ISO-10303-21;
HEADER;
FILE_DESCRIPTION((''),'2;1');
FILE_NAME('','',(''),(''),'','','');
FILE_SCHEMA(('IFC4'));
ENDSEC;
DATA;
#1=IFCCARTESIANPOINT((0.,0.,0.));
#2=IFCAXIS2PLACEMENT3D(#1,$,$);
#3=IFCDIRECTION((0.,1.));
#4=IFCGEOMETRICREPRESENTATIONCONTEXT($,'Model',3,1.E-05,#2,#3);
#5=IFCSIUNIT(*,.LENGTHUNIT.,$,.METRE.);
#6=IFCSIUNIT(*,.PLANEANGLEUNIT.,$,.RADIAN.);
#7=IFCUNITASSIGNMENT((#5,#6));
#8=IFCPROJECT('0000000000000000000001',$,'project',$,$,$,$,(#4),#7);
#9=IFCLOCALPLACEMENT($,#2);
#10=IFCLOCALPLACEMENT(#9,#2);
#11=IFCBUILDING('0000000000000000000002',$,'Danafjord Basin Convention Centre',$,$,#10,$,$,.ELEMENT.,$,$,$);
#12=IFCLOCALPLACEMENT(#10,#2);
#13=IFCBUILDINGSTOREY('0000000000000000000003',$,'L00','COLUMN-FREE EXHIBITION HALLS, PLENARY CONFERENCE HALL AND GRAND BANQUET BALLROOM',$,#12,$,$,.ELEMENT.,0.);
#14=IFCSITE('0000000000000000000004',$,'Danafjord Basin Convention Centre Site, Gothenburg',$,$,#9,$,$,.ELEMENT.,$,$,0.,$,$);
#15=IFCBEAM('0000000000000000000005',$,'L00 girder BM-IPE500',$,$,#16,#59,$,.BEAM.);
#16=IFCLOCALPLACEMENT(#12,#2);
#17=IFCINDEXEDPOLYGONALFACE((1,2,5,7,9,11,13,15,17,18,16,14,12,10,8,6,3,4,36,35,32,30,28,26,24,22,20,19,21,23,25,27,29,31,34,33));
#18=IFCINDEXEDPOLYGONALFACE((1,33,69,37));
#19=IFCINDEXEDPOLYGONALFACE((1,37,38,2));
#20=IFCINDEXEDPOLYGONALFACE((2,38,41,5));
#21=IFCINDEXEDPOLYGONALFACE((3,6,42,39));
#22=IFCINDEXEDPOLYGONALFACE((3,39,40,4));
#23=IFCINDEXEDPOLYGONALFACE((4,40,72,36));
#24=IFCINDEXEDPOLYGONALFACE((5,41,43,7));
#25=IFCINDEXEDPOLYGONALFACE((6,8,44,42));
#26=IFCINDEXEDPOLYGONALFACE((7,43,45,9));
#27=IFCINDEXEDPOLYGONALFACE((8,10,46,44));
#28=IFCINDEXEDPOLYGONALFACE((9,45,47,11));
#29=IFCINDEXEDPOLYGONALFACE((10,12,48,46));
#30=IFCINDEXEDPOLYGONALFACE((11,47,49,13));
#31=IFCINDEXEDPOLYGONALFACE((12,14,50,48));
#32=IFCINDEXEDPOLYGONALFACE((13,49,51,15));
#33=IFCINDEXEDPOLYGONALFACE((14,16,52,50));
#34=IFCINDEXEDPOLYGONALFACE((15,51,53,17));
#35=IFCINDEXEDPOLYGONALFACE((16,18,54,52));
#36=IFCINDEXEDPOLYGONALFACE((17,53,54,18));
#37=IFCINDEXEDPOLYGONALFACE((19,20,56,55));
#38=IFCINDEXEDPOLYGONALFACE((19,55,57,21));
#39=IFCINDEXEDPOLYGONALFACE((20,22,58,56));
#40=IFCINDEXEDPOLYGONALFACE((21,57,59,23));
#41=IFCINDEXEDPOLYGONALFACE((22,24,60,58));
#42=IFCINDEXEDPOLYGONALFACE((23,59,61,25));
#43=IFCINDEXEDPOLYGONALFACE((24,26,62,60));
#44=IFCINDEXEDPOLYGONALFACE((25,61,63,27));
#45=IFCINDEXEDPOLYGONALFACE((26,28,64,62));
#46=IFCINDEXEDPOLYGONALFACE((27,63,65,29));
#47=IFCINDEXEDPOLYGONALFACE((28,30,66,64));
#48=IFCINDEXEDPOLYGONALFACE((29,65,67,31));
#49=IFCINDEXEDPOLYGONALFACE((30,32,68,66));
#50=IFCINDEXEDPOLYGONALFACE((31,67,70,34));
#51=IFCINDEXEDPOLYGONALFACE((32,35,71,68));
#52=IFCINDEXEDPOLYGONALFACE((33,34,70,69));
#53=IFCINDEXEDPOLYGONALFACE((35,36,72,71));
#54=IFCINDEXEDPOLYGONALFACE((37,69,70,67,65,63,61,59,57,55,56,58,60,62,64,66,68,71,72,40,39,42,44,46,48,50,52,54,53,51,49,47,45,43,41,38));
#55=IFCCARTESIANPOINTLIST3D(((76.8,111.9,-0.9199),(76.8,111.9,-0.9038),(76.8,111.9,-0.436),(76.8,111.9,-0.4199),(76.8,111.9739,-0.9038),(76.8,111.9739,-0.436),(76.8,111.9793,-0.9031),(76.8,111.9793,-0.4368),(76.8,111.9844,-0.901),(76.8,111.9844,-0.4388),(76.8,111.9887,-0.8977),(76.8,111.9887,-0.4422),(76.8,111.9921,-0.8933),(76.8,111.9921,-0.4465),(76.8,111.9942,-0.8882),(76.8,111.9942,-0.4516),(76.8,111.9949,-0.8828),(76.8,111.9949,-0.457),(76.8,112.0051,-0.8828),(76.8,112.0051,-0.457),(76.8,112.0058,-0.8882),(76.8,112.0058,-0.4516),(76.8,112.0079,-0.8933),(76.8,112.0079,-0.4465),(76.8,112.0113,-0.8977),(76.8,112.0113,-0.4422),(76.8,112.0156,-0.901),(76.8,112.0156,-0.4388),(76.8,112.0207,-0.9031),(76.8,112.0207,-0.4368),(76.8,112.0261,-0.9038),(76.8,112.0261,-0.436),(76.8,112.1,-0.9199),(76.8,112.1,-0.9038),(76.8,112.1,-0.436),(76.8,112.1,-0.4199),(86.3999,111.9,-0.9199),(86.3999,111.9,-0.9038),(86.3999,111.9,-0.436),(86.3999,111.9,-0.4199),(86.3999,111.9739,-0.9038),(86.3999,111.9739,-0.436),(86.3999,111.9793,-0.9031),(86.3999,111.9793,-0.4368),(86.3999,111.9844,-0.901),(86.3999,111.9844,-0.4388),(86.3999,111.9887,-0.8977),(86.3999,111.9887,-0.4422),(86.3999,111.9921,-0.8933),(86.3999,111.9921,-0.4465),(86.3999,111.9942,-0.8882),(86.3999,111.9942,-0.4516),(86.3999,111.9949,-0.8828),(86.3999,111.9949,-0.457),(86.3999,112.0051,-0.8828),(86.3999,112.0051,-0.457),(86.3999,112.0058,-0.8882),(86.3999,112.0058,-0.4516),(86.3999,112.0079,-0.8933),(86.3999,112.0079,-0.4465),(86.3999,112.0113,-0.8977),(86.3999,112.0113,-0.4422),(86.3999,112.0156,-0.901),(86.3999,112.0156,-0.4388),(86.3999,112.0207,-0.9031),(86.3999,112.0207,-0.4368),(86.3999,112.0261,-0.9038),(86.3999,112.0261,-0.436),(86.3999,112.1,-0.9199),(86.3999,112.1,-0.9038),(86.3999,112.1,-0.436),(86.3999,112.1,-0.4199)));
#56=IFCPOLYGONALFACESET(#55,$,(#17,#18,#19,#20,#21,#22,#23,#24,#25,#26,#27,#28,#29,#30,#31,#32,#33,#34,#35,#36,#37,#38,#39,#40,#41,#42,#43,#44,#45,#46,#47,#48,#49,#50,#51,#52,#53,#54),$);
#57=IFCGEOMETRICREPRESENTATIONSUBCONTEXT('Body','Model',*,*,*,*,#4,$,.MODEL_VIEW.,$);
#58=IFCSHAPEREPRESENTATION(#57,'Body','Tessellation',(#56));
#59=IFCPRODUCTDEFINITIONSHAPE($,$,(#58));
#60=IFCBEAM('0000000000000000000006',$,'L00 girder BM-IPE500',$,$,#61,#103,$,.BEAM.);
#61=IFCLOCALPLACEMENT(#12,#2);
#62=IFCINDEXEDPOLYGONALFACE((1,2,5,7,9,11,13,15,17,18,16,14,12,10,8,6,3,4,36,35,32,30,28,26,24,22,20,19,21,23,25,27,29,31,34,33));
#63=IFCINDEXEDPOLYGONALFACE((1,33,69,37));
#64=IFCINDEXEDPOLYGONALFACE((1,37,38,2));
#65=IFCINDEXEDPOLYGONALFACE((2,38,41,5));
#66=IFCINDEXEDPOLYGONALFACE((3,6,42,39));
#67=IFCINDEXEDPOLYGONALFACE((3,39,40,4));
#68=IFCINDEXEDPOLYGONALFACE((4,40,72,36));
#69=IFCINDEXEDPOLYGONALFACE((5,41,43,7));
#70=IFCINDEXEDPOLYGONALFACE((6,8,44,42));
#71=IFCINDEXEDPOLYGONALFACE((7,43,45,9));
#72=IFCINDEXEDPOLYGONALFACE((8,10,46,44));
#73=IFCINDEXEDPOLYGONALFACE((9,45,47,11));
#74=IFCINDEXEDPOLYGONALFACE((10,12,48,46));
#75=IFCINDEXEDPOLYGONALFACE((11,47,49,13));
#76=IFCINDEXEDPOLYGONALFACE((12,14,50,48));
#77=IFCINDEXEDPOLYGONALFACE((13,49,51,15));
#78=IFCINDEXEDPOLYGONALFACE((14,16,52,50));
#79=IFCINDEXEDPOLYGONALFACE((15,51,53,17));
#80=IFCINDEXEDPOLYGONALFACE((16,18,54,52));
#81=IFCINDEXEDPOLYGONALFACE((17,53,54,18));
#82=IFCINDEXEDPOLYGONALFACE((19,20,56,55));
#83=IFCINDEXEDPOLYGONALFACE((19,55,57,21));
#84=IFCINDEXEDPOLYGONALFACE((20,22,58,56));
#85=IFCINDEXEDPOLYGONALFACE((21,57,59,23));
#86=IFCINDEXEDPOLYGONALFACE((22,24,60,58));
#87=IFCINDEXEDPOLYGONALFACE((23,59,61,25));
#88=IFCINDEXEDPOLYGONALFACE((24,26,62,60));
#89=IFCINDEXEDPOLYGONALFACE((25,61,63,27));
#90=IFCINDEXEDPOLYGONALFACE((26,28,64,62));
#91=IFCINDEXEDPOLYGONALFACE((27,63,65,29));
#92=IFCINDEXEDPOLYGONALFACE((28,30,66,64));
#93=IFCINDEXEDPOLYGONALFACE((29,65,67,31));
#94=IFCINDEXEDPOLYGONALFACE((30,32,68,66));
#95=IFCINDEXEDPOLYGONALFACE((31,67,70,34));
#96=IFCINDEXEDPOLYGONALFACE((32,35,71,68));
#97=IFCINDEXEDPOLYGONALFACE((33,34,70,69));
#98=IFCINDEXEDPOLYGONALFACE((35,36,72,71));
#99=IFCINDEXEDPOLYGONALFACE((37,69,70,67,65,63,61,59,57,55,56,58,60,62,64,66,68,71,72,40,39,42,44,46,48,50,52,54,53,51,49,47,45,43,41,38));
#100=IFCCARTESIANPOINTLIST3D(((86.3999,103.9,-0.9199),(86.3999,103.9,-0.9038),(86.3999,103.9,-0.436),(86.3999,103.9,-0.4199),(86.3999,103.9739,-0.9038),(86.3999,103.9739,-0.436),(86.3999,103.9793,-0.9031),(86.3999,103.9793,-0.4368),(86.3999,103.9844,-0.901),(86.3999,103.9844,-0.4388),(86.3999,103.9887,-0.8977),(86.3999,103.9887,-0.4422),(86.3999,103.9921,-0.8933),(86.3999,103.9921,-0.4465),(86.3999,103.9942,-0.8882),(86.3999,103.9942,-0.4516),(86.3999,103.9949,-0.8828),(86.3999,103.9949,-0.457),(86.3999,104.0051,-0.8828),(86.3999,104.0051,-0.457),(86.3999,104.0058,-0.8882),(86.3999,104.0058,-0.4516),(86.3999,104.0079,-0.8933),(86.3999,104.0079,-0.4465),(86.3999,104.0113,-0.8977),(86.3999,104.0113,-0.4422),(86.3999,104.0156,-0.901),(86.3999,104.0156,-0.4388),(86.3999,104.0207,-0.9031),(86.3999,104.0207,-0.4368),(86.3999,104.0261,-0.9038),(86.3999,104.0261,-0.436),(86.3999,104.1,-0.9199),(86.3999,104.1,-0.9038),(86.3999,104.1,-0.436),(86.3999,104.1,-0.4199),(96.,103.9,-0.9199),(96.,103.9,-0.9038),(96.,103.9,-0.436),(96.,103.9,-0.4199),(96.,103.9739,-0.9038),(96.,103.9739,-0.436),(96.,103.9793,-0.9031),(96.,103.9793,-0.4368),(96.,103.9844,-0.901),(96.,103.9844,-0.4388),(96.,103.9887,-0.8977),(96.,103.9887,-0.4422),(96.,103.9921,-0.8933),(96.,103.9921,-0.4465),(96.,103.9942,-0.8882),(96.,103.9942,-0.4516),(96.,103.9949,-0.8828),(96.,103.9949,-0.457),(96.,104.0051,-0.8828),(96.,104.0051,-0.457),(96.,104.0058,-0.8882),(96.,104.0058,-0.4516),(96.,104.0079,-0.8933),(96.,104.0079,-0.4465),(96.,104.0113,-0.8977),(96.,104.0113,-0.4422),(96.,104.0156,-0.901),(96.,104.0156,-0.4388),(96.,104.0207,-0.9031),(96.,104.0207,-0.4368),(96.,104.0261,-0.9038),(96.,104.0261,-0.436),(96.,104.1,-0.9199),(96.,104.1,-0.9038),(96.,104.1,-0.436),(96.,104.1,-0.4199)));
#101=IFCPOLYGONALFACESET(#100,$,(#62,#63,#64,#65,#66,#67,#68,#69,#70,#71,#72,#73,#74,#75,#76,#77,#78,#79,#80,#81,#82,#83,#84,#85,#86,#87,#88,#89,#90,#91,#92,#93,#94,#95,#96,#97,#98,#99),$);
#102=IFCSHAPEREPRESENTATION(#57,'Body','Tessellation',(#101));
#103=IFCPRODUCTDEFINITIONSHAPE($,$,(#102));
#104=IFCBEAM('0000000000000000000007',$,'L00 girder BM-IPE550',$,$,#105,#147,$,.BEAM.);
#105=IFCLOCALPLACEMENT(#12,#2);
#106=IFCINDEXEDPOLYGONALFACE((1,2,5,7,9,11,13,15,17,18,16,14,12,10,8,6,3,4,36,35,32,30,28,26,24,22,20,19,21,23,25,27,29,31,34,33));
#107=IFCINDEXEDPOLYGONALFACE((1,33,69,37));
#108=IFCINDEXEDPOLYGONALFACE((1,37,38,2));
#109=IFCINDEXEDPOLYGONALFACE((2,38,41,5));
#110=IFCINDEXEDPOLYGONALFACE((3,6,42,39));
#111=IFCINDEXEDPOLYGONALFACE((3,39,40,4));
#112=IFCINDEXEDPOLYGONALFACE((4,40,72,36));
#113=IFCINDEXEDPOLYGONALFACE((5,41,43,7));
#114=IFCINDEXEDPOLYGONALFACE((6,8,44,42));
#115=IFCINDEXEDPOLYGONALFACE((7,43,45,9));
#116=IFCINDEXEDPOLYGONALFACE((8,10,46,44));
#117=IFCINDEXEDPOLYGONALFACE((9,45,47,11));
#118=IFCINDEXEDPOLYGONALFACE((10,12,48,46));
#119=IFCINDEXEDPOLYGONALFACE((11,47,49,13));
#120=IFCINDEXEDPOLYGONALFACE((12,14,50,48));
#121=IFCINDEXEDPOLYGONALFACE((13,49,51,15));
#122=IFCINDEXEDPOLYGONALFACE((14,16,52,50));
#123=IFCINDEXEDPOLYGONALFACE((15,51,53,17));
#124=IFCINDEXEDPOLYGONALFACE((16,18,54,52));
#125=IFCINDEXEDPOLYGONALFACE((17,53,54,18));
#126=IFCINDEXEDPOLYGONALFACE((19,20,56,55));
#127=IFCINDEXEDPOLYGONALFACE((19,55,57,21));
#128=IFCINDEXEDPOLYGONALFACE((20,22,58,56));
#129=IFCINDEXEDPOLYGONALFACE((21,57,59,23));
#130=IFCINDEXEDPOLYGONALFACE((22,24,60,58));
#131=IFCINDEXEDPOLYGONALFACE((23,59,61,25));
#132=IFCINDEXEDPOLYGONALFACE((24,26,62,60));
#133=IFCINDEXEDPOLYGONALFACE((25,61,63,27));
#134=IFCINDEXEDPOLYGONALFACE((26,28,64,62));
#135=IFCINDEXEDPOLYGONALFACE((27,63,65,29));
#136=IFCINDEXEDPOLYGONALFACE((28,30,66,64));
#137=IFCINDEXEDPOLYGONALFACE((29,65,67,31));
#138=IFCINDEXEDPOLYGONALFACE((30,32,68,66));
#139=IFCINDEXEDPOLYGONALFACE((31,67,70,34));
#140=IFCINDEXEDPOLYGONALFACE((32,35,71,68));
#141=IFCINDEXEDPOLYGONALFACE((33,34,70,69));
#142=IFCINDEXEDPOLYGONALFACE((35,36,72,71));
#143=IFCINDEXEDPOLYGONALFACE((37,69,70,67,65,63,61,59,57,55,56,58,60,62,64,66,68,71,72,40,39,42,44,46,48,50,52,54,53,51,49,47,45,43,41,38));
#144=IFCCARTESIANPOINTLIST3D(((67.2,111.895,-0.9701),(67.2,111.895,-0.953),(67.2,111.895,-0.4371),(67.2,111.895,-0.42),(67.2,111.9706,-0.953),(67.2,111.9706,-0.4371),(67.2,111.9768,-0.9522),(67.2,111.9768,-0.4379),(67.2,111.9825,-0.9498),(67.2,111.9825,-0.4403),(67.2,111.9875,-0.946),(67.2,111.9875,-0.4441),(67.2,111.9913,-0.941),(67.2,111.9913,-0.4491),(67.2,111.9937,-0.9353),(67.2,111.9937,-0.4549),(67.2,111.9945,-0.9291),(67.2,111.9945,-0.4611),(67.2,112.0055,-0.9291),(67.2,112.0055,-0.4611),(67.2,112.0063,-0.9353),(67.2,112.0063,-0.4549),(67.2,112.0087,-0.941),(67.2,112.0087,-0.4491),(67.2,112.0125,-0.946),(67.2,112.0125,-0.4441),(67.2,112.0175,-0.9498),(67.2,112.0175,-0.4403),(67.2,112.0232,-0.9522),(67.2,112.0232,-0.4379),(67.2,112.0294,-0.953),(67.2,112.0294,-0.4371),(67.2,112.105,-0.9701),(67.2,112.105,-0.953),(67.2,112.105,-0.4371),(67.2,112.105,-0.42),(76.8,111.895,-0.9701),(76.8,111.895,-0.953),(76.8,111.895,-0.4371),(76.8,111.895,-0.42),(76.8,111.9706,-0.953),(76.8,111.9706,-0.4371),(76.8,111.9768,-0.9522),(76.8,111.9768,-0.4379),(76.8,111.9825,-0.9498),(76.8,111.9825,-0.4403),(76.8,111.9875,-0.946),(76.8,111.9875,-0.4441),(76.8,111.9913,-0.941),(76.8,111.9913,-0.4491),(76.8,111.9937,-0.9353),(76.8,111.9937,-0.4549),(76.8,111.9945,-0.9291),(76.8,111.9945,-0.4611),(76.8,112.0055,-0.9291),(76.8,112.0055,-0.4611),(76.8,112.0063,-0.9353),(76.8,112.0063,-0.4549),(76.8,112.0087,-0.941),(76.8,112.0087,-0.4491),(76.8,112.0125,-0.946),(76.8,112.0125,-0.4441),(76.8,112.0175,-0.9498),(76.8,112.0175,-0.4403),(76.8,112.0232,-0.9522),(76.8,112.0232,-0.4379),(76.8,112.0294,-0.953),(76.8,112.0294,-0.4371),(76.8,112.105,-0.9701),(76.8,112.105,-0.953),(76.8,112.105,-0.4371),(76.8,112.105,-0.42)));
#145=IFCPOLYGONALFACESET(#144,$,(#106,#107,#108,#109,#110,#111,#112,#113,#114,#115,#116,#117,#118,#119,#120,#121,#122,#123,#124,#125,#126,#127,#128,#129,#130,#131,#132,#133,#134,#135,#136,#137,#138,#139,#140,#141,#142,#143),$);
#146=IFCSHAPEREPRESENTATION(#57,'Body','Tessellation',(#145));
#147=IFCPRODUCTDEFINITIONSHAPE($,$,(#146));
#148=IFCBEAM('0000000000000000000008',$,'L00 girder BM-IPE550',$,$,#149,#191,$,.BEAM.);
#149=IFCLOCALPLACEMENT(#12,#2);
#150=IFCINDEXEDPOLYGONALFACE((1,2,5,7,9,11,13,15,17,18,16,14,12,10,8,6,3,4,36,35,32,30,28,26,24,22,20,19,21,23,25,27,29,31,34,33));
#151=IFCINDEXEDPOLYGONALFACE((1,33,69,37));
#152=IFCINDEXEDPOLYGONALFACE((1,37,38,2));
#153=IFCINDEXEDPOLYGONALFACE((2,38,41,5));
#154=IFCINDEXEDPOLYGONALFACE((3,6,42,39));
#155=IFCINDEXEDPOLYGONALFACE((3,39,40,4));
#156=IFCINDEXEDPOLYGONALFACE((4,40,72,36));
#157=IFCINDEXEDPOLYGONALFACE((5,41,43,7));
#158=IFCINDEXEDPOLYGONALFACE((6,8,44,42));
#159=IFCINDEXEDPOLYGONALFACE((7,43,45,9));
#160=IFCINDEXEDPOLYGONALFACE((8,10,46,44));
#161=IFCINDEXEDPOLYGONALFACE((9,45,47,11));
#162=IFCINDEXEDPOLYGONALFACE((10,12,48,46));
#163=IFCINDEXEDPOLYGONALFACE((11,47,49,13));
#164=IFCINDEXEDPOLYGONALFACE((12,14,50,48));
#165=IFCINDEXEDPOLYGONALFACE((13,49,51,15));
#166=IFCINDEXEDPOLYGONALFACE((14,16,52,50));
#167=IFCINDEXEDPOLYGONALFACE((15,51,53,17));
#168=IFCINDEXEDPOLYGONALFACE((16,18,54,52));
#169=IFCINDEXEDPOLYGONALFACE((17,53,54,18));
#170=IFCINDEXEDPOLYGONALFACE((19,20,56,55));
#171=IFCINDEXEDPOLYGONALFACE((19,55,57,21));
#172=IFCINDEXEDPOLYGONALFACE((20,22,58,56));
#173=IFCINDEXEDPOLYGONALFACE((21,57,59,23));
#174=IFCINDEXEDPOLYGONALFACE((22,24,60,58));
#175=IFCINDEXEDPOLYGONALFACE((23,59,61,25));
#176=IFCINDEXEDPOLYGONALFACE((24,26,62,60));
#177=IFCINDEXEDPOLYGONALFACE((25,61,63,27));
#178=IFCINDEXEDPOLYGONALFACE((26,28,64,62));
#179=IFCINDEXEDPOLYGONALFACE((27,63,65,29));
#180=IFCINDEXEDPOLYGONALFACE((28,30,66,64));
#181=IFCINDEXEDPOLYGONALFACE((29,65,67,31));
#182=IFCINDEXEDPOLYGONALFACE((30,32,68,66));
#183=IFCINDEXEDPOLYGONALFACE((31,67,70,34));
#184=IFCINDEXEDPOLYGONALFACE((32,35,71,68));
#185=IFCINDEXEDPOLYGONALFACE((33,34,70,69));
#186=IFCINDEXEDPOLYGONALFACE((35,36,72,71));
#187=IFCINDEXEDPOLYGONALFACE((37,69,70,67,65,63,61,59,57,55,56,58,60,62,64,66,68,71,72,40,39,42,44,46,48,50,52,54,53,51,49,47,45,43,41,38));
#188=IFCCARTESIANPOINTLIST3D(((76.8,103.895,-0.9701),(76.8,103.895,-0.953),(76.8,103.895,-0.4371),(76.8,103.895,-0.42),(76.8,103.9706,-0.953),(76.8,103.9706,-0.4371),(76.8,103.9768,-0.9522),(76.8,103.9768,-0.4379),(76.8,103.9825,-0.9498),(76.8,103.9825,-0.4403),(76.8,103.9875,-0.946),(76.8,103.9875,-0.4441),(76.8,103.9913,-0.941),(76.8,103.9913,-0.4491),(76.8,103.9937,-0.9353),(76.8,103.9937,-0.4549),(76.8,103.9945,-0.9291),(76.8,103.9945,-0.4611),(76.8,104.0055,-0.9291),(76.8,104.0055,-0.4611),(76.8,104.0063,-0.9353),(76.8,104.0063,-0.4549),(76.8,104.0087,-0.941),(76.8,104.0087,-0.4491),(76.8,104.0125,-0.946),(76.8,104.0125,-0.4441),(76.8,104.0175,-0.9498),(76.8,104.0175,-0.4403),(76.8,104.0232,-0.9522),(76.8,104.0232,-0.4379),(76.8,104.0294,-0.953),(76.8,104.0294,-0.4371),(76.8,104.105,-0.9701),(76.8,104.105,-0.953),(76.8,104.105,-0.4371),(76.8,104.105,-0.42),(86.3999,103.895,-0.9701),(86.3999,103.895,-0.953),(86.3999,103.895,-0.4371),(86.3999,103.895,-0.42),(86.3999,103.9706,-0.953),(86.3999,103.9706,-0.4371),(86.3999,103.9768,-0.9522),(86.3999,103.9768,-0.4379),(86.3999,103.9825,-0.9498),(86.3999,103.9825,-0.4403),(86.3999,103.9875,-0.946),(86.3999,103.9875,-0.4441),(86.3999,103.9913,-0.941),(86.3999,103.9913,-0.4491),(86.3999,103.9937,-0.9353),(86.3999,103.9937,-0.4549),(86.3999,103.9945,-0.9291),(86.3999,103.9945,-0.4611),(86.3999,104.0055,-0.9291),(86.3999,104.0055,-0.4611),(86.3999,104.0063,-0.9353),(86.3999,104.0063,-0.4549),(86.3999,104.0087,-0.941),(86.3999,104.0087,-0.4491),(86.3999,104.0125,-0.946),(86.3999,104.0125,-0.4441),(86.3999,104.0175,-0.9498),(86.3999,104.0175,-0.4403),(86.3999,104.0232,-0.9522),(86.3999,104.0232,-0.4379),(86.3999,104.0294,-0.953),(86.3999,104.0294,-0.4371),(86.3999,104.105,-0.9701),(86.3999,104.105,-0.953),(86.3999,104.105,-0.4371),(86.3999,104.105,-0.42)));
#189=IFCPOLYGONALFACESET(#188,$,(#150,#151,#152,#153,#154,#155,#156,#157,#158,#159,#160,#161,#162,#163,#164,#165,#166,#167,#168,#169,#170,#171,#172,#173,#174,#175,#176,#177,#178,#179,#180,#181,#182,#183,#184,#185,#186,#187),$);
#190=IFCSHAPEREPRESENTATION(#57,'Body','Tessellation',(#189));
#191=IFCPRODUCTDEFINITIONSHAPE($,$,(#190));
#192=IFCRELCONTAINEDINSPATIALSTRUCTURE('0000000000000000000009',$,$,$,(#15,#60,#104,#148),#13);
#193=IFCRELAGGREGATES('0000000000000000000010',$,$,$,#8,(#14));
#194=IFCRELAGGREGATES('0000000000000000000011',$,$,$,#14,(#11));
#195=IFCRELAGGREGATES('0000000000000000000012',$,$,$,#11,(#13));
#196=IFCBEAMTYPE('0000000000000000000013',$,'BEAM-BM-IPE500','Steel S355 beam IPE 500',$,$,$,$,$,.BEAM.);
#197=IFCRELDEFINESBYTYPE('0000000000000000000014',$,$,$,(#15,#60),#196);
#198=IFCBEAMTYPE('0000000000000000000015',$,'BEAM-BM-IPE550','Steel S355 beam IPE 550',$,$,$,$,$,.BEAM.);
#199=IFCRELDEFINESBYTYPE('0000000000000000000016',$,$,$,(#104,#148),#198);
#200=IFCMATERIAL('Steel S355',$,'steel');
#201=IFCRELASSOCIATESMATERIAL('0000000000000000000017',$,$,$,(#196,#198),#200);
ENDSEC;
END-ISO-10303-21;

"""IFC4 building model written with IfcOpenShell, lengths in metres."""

from ifc_helpers import new_model, si_unit, direction, frame, origin, origin_2d, place, context, subcontext, project, spatial, i_section, extrude, material, material_profile, profile_set, type_object, element, save


model = new_model("IFC4")

# Units and contexts
model_context = context("Model", 3, precision=1e-05, world=origin(), true_north=direction((0.0, 1.0)))
body_context = subcontext(model_context, "Body", "Model", "MODEL_VIEW")
ifc_project = project(units=[si_unit("LENGTHUNIT", "METRE"), si_unit("PLANEANGLEUNIT", "RADIAN")], contexts=[model_context])

# Site, building, storey
site_placement = place(None, origin())
site = spatial("IfcSite", under=ifc_project, at=site_placement, Name="Danafjord Basin Convention Centre Site, Gothenburg", CompositionType="ELEMENT", RefElevation=0.0)
building_placement = place(site_placement, origin())
building = spatial("IfcBuilding", under=site, at=building_placement, Name="Danafjord Basin Convention Centre", CompositionType="ELEMENT")
storey_placement = place(building_placement, origin())
storey = spatial("IfcBuildingStorey", under=building, at=storey_placement, Name="L00", Description="COLUMN-FREE EXHIBITION HALLS, PLENARY CONFERENCE HALL AND GRAND BANQUET BALLROOM", CompositionType="ELEMENT", Elevation=0.0)

# Beams
ifc_material_1 = material(Name="Steel S355", Category="steel")
ifc_material_profile_1 = material_profile(ifc_material_1, i_section(OverallWidth=0.2, OverallDepth=0.5, WebThickness=0.0103, FlangeThickness=0.0161, FilletRadius=0.021, at=origin_2d()), Name="IPE 500")
ifc_profile_set_1 = profile_set([ifc_material_profile_1], Name="Steel S355")
beam_type_1 = type_object("IfcBeamType", Name="BEAM-BM-IPE500", Description="Steel S355 beam IPE 500", PredefinedType="BEAM", material=ifc_profile_set_1)
beam_1_placement = place(storey_placement, frame((76.8, 112.0, -0.6699), z_axis=(1.0, 0.0, 0.0), x_axis=(0.0, 1.0, 0.0)))
element("IfcBeam", 1, at=beam_1_placement, inside=storey, type_object=beam_type_1, Name="L00 girder BM-IPE500", PredefinedType="BEAM", context=body_context, shape_type="SweptSolid", body=[
    extrude(i_section(OverallWidth=0.2, OverallDepth=0.5, WebThickness=0.0103, FlangeThickness=0.0161, FilletRadius=0.021, at=origin_2d()), origin(), (0.0, 0.0, 1.0), 9.5999),
])
beam_2_placement = place(storey_placement, frame((86.3999, 104.0, -0.6699), z_axis=(1.0, 0.0, 0.0), x_axis=(0.0, 1.0, 0.0)))
element("IfcBeam", 2, at=beam_2_placement, inside=storey, type_object=beam_type_1, Name="L00 girder BM-IPE500", PredefinedType="BEAM", context=body_context, shape_type="SweptSolid", body=[
    extrude(i_section(OverallWidth=0.2, OverallDepth=0.5, WebThickness=0.0103, FlangeThickness=0.0161, FilletRadius=0.021, at=origin_2d()), origin(), (0.0, 0.0, 1.0), 9.6001),
])
ifc_material_profile_2 = material_profile(ifc_material_1, i_section(OverallWidth=0.21, OverallDepth=0.55, WebThickness=0.011, FlangeThickness=0.0171, FilletRadius=0.0239, at=origin_2d()), Name="IPE 550")
ifc_profile_set_2 = profile_set([ifc_material_profile_2], Name="Steel S355")
beam_type_2 = type_object("IfcBeamType", Name="BEAM-BM-IPE550", Description="Steel S355 beam IPE 550", PredefinedType="BEAM", material=ifc_profile_set_2)
beam_3_placement = place(storey_placement, frame((67.2, 112.0, -0.6951), z_axis=(1.0, 0.0, 0.0), x_axis=(0.0, 1.0, 0.0)))
element("IfcBeam", 3, at=beam_3_placement, inside=storey, type_object=beam_type_2, Name="L00 girder BM-IPE550", PredefinedType="BEAM", context=body_context, shape_type="SweptSolid", body=[
    extrude(i_section(OverallWidth=0.21, OverallDepth=0.55, WebThickness=0.011, FlangeThickness=0.0171, FilletRadius=0.0239, at=origin_2d()), origin(), (0.0, 0.0, 1.0), 9.6001),
])
beam_4_placement = place(storey_placement, frame((76.8, 104.0, -0.6951), z_axis=(1.0, 0.0, 0.0), x_axis=(0.0, 1.0, 0.0)))
element("IfcBeam", 4, at=beam_4_placement, inside=storey, type_object=beam_type_2, Name="L00 girder BM-IPE550", PredefinedType="BEAM", context=body_context, shape_type="SweptSolid", body=[
    extrude(i_section(OverallWidth=0.21, OverallDepth=0.55, WebThickness=0.011, FlangeThickness=0.0171, FilletRadius=0.0239, at=origin_2d()), origin(), (0.0, 0.0, 1.0), 9.5999),
])

save(model, "model.ifc")
